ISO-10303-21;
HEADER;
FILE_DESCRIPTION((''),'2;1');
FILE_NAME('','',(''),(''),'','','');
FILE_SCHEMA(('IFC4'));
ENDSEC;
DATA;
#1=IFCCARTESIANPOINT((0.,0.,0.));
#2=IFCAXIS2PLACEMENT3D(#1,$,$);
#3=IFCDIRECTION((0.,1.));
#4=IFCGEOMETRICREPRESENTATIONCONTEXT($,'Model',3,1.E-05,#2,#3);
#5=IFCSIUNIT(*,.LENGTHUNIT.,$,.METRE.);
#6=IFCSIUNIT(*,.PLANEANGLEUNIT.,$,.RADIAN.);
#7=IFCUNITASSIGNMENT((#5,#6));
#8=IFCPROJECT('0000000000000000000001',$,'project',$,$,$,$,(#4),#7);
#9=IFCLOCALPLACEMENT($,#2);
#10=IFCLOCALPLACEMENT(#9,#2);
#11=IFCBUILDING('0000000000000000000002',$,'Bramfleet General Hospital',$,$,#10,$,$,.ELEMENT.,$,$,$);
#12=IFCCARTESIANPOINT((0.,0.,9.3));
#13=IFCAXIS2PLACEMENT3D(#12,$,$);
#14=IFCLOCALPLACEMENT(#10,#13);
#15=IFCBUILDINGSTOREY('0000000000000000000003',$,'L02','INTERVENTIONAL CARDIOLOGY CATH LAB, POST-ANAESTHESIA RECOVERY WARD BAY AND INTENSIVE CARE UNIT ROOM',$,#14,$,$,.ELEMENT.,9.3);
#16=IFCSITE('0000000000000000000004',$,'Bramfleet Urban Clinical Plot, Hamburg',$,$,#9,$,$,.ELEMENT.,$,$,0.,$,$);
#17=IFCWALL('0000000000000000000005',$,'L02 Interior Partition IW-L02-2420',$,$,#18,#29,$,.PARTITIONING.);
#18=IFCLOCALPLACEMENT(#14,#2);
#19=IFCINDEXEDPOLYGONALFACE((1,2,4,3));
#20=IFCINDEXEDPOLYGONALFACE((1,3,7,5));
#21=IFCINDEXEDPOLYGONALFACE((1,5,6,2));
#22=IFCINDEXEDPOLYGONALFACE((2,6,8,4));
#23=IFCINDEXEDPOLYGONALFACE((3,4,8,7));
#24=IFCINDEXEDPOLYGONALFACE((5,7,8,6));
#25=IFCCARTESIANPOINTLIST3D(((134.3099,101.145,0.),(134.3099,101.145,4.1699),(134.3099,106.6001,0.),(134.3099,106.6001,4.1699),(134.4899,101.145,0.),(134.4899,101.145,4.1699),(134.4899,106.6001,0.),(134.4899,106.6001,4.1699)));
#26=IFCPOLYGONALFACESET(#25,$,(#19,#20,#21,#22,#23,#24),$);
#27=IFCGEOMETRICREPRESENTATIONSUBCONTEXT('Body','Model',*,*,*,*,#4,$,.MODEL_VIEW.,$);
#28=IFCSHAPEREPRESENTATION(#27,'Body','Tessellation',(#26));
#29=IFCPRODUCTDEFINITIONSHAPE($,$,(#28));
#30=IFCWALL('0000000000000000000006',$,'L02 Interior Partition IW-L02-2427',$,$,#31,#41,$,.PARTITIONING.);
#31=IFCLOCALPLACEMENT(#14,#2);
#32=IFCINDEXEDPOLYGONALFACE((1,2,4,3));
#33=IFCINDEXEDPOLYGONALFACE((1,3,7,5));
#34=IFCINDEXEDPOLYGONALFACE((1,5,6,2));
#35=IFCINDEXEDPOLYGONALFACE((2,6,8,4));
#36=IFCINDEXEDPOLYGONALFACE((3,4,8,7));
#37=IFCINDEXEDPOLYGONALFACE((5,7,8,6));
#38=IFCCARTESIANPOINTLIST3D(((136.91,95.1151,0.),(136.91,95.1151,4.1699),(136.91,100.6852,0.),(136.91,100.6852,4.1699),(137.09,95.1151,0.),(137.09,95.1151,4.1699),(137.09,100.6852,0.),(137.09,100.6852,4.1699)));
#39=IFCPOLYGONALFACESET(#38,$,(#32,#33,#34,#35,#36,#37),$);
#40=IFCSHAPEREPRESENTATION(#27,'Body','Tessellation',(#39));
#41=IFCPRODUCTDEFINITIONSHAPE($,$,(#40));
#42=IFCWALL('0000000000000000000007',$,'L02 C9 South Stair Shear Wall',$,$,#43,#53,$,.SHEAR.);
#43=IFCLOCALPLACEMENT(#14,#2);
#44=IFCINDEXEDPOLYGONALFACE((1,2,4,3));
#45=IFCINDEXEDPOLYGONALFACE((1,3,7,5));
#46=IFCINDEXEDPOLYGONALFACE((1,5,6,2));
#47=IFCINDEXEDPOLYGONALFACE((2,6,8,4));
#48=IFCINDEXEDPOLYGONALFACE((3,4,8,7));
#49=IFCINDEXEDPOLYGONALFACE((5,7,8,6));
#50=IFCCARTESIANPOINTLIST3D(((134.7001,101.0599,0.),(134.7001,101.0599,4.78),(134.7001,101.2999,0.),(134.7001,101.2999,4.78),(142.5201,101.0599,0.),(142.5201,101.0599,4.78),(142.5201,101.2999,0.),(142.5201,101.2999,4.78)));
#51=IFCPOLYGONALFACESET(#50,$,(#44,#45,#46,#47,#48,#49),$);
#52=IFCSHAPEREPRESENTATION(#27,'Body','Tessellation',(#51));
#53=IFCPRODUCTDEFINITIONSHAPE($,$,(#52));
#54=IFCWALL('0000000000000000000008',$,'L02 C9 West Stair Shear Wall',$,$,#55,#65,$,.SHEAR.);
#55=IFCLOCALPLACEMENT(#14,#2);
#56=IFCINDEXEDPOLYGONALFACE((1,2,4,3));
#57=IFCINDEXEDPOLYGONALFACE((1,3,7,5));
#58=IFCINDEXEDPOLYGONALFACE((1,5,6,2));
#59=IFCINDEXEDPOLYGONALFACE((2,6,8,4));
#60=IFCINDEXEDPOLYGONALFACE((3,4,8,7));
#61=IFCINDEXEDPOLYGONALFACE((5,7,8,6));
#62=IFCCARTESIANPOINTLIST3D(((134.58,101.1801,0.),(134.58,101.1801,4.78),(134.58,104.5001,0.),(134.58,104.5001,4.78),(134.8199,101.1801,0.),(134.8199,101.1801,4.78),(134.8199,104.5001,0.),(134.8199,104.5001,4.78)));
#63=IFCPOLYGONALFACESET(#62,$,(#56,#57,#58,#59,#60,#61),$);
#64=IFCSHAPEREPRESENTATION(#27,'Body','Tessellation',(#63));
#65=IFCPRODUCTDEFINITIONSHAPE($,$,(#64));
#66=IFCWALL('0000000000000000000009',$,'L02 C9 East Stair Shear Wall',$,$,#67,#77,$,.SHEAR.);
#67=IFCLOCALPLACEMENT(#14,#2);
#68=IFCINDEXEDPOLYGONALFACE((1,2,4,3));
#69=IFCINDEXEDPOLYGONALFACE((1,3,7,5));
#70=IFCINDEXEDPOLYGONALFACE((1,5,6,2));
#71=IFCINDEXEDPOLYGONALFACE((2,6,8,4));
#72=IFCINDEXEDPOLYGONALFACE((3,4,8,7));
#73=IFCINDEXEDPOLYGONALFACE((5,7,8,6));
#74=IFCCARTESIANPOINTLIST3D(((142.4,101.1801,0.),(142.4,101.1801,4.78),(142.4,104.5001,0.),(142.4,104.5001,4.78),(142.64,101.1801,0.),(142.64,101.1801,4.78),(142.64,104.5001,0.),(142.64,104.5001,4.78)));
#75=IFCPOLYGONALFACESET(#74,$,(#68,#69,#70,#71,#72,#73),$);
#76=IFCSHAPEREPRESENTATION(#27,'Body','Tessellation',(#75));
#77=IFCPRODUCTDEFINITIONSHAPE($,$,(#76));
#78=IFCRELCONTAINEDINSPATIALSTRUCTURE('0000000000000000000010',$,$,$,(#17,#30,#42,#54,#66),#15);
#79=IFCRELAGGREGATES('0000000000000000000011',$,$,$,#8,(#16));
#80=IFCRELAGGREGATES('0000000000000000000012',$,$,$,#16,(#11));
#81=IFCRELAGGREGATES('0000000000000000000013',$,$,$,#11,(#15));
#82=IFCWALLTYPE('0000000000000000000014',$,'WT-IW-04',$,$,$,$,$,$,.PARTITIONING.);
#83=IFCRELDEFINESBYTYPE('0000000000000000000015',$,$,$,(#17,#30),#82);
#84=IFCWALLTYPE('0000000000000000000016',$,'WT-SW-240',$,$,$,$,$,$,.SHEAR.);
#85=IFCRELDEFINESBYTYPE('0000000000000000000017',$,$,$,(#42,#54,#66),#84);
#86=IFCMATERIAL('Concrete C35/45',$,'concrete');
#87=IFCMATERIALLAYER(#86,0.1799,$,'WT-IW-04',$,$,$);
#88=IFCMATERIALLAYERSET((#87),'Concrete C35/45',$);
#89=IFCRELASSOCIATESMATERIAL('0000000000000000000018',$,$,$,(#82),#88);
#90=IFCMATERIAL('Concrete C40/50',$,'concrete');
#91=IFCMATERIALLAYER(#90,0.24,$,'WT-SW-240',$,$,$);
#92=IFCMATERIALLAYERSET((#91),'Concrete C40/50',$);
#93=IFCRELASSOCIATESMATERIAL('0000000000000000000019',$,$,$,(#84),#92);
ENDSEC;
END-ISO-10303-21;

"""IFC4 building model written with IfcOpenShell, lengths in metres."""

from ifc_helpers import new_model, si_unit, direction, frame, frame_2d, origin, place, context, subcontext, project, spatial, rectangle, extrude, material, layer, layer_set, type_object, element, save


model = new_model("IFC4")

# Units and contexts
model_context = context("Model", 3, precision=1e-05, world=origin(), true_north=direction((0.0, 1.0)))
body_context = subcontext(model_context, "Body", "Model", "MODEL_VIEW")
ifc_project = project(units=[si_unit("LENGTHUNIT", "METRE"), si_unit("PLANEANGLEUNIT", "RADIAN")], contexts=[model_context])

# Site, building, storey
site_placement = place(None, origin())
site = spatial("IfcSite", under=ifc_project, at=site_placement, Name="Bramfleet Urban Clinical Plot, Hamburg", CompositionType="ELEMENT", RefElevation=0.0)
building_placement = place(site_placement, origin())
building = spatial("IfcBuilding", under=site, at=building_placement, Name="Bramfleet General Hospital", CompositionType="ELEMENT")
storey_placement = place(building_placement, frame((0.0, 0.0, 9.3)))
storey = spatial("IfcBuildingStorey", under=building, at=storey_placement, Name="L02", Description="INTERVENTIONAL CARDIOLOGY CATH LAB, POST-ANAESTHESIA RECOVERY WARD BAY AND INTENSIVE CARE UNIT ROOM", CompositionType="ELEMENT", Elevation=9.3)

# Shared definitions
ifc_material_1 = material(Name="Concrete C40/50", Category="concrete")

# Shared definitions
ifc_material_2 = material(Name="Concrete C35/45", Category="concrete")

# Shared definitions
ifc_layer_1 = layer(ifc_material_2, 0.1799, Name="WT-IW-04")
ifc_layer_set_1 = layer_set([ifc_layer_1], Name="Concrete C35/45")
wall_type_1 = type_object("IfcWallType", Name="WT-IW-04", PredefinedType="PARTITIONING", material=ifc_layer_set_1)

# Walls
wall_1_placement = place(storey_placement, frame((134.3999, 101.145, 0.0), z_axis=(0.0, 0.0, 1.0), x_axis=(0.0, 1.0, 0.0)))
element("IfcWall", 1, at=wall_1_placement, inside=storey, type_object=wall_type_1, Name="L02 Interior Partition IW-L02-2420", PredefinedType="PARTITIONING", context=body_context, shape_type="SweptSolid", body=[
    extrude(rectangle(XDim=5.4551, YDim=0.1799, at=frame_2d((2.7275, 0.0))), origin(), (0.0, 0.0, 1.0), 4.1699),
])
wall_2_placement = place(storey_placement, frame((137.0, 95.115, 0.0), z_axis=(0.0, 0.0, 1.0), x_axis=(0.0, 1.0, 0.0)))
element("IfcWall", 2, at=wall_2_placement, inside=storey, type_object=wall_type_1, Name="L02 Interior Partition IW-L02-2427", PredefinedType="PARTITIONING", context=body_context, shape_type="SweptSolid", body=[
    extrude(rectangle(XDim=5.5701, YDim=0.1799, at=frame_2d((2.7852, 0.0))), origin(), (0.0, 0.0, 1.0), 4.1699),
])
ifc_layer_2 = layer(ifc_material_1, 0.24, Name="WT-SW-240")
ifc_layer_set_2 = layer_set([ifc_layer_2], Name="Concrete C40/50")
wall_type_2 = type_object("IfcWallType", Name="WT-SW-240", PredefinedType="SHEAR", material=ifc_layer_set_2)
wall_3_placement = place(storey_placement, frame((134.7, 101.1799, 0.0), z_axis=(0.0, 0.0, 1.0), x_axis=(1.0, 0.0, 0.0)))
element("IfcWall", 3, at=wall_3_placement, inside=storey, type_object=wall_type_2, Name="L02 C9 South Stair Shear Wall", PredefinedType="SHEAR", context=body_context, shape_type="SweptSolid", body=[
    extrude(rectangle(XDim=7.8201, YDim=0.24, at=frame_2d((3.9102, 0.0))), origin(), (0.0, 0.0, 1.0), 4.78),
])
for number, where, z_axis, x_axis, name in (
    (4, (134.7, 101.1799, 0.0), (0.0, 0.0, 1.0), (0.0, 1.0, 0.0), "L02 C9 West Stair Shear Wall"),
    (5, (142.52, 101.1799, 0.0), (0.0, 0.0, 1.0), (0.0, 1.0, 0.0), "L02 C9 East Stair Shear Wall"),
):
    element("IfcWall", number, at=place(storey_placement, frame(where, z_axis=z_axis, x_axis=x_axis)), inside=storey, type_object=wall_type_2, Name=name, PredefinedType="SHEAR", context=body_context, shape_type="SweptSolid", body=[
        extrude(rectangle(XDim=3.3201, YDim=0.24, at=frame_2d((1.6602, 0.0))), origin(), (0.0, 0.0, 1.0), 4.78),
    ])

save(model, "model.ifc")
